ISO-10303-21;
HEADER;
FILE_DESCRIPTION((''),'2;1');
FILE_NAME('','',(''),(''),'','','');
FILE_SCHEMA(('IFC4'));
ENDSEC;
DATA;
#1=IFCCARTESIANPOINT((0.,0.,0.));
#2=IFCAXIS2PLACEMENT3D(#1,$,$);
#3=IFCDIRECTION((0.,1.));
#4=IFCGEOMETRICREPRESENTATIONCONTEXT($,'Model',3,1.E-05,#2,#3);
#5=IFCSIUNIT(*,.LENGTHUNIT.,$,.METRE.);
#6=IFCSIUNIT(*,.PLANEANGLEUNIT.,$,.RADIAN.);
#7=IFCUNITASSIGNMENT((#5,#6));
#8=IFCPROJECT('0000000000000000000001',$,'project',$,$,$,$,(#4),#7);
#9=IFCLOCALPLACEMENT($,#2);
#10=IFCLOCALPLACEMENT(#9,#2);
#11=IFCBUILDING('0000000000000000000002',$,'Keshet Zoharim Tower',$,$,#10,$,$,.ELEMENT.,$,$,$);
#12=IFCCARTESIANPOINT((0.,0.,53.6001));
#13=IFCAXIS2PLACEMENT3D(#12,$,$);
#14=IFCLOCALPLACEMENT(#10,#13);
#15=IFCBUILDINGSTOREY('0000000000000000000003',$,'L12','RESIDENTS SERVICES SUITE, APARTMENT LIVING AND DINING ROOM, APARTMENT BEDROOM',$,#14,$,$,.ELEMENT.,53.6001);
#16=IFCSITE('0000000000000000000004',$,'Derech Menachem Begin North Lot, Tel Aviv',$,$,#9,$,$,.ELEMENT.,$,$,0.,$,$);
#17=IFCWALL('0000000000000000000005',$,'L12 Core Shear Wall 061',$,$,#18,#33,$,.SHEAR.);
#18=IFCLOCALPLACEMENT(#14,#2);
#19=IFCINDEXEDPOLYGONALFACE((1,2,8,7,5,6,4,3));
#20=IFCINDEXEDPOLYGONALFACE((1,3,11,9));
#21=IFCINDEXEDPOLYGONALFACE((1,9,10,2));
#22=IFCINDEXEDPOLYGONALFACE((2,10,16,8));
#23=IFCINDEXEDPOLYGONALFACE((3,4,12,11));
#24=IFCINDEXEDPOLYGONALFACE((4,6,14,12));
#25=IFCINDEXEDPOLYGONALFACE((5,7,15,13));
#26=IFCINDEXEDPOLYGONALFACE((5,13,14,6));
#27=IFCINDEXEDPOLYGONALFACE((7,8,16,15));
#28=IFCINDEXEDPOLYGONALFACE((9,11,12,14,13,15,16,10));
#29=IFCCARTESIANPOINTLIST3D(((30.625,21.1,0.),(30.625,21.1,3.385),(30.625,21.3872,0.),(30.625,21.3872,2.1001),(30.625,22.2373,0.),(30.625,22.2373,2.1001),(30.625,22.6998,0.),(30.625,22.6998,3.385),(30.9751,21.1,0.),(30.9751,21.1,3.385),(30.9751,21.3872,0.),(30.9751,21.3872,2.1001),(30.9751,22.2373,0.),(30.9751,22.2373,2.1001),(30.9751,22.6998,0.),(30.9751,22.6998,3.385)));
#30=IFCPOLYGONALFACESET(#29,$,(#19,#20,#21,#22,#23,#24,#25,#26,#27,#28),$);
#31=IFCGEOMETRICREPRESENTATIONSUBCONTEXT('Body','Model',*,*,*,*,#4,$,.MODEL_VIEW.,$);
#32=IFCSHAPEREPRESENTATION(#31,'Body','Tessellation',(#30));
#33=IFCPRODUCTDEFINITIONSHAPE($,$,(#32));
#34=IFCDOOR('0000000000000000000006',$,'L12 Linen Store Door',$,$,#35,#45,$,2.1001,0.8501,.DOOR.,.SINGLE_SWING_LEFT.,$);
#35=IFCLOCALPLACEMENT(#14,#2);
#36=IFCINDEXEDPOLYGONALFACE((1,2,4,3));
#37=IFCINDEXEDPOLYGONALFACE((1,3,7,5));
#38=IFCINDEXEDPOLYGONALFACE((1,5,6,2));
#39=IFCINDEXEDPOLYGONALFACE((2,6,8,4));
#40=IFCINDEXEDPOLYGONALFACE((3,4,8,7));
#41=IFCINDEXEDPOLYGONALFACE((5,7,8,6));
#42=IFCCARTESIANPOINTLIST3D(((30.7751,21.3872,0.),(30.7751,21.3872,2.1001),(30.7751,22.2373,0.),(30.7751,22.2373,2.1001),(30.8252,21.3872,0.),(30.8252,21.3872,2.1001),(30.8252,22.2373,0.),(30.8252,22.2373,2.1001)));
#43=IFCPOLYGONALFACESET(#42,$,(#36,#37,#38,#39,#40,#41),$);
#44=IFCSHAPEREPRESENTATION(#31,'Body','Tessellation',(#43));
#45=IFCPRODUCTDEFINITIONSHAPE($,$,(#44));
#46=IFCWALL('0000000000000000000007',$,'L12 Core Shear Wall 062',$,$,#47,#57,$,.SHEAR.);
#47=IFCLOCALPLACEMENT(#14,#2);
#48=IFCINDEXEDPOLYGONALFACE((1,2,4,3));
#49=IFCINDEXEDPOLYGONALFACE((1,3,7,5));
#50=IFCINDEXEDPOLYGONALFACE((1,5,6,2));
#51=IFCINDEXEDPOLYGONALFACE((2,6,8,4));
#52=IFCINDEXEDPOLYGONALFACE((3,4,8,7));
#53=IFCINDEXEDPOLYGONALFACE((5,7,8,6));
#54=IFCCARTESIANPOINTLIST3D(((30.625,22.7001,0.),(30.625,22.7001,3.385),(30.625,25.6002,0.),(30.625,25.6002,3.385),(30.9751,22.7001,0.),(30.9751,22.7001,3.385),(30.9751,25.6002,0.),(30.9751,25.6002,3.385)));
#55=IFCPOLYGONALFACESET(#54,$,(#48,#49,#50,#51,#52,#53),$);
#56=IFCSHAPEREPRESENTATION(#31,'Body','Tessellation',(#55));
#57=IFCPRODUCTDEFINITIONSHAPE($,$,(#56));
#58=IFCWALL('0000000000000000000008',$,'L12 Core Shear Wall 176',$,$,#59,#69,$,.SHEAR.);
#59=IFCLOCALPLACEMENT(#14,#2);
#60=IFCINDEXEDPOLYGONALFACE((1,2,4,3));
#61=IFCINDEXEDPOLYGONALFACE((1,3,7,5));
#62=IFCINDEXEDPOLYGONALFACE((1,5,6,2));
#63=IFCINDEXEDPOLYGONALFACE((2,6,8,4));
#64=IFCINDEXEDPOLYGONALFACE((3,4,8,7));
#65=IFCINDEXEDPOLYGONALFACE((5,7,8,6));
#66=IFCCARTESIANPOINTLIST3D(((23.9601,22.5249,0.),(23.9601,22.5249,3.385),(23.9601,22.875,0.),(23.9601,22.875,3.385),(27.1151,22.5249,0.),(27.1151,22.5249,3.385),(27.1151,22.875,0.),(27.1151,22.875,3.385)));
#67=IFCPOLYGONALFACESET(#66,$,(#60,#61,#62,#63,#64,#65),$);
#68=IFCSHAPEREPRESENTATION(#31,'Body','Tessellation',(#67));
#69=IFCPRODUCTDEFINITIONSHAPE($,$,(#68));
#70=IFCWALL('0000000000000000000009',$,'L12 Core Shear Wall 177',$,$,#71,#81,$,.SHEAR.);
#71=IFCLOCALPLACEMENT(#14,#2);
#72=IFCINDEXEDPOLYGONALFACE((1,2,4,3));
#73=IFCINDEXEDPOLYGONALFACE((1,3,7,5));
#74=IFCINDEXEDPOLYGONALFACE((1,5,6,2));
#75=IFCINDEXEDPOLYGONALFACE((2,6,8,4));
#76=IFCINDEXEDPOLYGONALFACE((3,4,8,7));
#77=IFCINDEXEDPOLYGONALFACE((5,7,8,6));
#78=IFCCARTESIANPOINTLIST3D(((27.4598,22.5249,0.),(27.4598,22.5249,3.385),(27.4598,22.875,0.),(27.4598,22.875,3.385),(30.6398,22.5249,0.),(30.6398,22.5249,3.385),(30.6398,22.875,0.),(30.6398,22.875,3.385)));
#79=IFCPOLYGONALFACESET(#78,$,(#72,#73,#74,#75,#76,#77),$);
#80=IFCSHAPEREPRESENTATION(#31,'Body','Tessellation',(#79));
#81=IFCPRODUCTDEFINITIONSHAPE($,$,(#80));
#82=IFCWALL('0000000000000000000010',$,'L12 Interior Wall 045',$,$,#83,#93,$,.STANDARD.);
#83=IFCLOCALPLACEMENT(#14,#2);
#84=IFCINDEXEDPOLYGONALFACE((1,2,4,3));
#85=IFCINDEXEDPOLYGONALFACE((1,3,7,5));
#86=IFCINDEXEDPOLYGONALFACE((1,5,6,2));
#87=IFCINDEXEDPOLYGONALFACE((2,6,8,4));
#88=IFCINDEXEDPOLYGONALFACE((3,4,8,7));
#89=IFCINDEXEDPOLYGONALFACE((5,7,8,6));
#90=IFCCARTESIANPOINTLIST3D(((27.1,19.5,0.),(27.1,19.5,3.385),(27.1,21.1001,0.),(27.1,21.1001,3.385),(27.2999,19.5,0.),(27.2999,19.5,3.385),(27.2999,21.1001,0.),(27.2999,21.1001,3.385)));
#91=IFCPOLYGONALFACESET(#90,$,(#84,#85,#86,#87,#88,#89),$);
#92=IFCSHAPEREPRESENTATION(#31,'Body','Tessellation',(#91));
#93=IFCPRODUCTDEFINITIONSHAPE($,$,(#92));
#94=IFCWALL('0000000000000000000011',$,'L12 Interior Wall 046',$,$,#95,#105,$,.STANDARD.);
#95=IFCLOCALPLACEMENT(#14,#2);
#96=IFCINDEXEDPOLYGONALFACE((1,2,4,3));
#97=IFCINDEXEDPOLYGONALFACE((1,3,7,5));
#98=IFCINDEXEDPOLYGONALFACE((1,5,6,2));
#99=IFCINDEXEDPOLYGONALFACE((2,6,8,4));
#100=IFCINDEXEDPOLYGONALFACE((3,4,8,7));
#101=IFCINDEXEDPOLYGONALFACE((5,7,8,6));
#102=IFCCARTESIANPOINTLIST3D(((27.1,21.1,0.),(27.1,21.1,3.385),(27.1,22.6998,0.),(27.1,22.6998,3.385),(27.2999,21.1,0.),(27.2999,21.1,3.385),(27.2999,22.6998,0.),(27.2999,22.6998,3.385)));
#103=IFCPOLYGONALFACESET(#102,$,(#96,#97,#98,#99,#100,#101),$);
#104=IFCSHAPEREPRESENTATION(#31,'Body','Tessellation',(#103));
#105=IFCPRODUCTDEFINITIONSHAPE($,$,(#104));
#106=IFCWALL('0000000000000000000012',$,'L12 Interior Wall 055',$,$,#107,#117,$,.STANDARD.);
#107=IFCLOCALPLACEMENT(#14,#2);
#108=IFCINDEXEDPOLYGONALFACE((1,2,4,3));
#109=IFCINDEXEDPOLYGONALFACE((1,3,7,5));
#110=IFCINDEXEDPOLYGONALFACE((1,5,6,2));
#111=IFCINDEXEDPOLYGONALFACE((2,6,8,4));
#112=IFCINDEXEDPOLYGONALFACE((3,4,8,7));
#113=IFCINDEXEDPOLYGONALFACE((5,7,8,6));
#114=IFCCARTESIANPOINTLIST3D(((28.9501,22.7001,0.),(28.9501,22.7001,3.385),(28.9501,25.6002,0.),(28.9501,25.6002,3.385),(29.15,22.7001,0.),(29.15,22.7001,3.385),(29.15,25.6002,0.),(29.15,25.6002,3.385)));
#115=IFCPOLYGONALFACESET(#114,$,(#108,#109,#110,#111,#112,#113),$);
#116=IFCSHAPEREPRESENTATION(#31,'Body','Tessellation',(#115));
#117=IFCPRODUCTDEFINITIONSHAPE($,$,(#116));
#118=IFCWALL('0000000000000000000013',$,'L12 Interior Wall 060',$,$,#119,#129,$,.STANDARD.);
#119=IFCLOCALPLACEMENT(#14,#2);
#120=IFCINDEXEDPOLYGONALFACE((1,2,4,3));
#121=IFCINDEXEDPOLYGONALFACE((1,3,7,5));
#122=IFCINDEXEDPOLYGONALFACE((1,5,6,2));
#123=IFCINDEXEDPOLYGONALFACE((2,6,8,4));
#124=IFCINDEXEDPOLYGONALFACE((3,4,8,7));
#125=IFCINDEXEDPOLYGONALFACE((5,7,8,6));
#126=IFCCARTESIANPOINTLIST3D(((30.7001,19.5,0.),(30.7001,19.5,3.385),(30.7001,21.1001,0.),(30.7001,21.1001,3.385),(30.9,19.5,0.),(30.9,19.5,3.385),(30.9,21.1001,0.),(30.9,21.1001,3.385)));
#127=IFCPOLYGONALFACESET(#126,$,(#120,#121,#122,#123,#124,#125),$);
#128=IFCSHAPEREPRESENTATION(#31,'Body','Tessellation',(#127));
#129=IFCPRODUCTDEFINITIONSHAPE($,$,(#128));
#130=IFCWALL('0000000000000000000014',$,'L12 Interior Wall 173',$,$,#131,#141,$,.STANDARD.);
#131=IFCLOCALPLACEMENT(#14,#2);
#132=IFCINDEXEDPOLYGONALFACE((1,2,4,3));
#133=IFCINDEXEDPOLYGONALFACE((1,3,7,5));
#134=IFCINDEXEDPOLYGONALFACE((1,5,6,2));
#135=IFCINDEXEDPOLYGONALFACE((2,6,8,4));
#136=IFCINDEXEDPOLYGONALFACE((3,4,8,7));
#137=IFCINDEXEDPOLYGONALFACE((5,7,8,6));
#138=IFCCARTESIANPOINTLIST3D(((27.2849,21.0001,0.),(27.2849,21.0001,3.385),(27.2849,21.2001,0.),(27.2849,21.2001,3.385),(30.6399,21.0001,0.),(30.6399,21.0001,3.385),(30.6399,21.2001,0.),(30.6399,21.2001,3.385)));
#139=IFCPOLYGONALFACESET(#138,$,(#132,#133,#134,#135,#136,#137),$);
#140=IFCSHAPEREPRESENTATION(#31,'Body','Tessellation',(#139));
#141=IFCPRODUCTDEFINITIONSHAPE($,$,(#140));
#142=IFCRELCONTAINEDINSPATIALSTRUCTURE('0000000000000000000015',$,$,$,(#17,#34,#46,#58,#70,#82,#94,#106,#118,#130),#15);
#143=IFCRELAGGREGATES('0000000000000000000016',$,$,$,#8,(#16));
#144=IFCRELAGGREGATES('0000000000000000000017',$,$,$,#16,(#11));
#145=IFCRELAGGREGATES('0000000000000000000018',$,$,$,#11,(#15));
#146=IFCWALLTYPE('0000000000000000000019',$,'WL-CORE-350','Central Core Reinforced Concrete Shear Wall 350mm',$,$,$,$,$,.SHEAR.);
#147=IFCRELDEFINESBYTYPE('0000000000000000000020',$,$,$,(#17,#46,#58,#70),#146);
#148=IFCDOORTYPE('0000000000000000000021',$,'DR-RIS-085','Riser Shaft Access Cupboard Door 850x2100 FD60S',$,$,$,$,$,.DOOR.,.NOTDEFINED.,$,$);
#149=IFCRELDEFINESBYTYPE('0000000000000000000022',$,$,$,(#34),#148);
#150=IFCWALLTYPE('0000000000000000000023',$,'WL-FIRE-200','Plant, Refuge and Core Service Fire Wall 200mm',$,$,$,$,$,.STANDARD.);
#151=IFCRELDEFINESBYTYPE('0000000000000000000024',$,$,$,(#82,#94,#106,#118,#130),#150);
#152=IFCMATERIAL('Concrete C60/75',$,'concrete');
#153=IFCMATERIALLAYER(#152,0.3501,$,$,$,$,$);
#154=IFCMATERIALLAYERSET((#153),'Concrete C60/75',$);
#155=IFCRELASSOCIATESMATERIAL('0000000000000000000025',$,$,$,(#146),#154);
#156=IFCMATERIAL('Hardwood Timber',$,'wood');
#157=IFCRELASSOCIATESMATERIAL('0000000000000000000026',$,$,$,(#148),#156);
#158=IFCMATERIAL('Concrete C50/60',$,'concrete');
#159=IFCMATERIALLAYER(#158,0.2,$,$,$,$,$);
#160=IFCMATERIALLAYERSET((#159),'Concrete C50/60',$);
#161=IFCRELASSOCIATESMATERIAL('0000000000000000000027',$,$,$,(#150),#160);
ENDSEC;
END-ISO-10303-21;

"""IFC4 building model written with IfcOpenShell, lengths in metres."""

from ifc_helpers import new_model, si_unit, direction, frame, frame_2d, origin, place, context, subcontext, project, spatial, rectangle, extrude, material, layer, layer_set, type_object, element, fill, save


model = new_model("IFC4")

# Units and contexts
model_context = context("Model", 3, precision=1e-05, world=origin(), true_north=direction((0.0, 1.0)))
body_context = subcontext(model_context, "Body", "Model", "MODEL_VIEW")
ifc_project = project(units=[si_unit("LENGTHUNIT", "METRE"), si_unit("PLANEANGLEUNIT", "RADIAN")], contexts=[model_context])

# Site, building, storey
site_placement = place(None, origin())
site = spatial("IfcSite", under=ifc_project, at=site_placement, Name="Derech Menachem Begin North Lot, Tel Aviv", CompositionType="ELEMENT", RefElevation=0.0)
building_placement = place(site_placement, origin())
building = spatial("IfcBuilding", under=site, at=building_placement, Name="Keshet Zoharim Tower", CompositionType="ELEMENT")
storey_placement = place(building_placement, frame((0.0, 0.0, 53.6001)))
storey = spatial("IfcBuildingStorey", under=building, at=storey_placement, Name="L12", Description="RESIDENTS SERVICES SUITE, APARTMENT LIVING AND DINING ROOM, APARTMENT BEDROOM", CompositionType="ELEMENT", Elevation=53.6001)

# Shared definitions
ifc_material_1 = material(Name="Concrete C60/75", Category="concrete")

# Shared definitions
ifc_layer_1 = layer(ifc_material_1, 0.3501)
ifc_layer_set_1 = layer_set([ifc_layer_1], Name="Concrete C60/75")
wall_type_1 = type_object("IfcWallType", Name="WL-CORE-350", Description="Central Core Reinforced Concrete Shear Wall 350mm", PredefinedType="SHEAR", material=ifc_layer_set_1)

# Shared definitions
ifc_material_2 = material(Name="Hardwood Timber", Category="wood")

# Wall, opening, door
wall_1_placement = place(storey_placement, frame((30.8, 21.1001, 0.0), z_axis=(0.0, 0.0, 1.0), x_axis=(0.0, 1.0, 0.0)))
wall_1 = element("IfcWall", 1, at=wall_1_placement, inside=storey, type_object=wall_type_1, Name="L12 Core Shear Wall 061", PredefinedType="SHEAR", context=body_context, shape_type="SweptSolid", body=[
    extrude(rectangle(XDim=1.5999, YDim=0.3501, at=frame_2d((0.7998, 0.0))), origin(), (0.0, 0.0, 1.0), 3.385),
])
opening_1_placement = place(wall_1_placement, frame((0.2871, 0.0, 0.0)))
opening_1 = element("IfcOpeningElement", 2, at=opening_1_placement, cuts=wall_1, PredefinedType="OPENING", context=body_context, shape_type="SweptSolid", body=[
    extrude(rectangle(XDim=0.8501, YDim=2.1001, at=frame_2d((0.425, 1.05))), frame((0.0, 0.1851, 0.0), z_axis=(0.0, -1.0, 0.0), x_axis=(1.0, 0.0, 0.0)), (0.0, 0.0, 1.0), 0.3701),
])
door_type_1 = type_object("IfcDoorType", Name="DR-RIS-085", Description="Riser Shaft Access Cupboard Door 850x2100 FD60S", OperationType="NOTDEFINED", PredefinedType="DOOR", material=ifc_material_2)
door_1_placement = place(opening_1_placement, origin())
door_1 = element("IfcDoor", 3, at=door_1_placement, inside=storey, type_object=door_type_1, Name="L12 Linen Store Door", OperationType="SINGLE_SWING_LEFT", OverallHeight=2.1001, OverallWidth=0.8501, PredefinedType="DOOR", context=body_context, shape_type="SweptSolid", body=[
    extrude(rectangle(XDim=0.8501, YDim=2.1001, at=frame_2d((0.425, 1.05))), frame((0.0, 0.0249, 0.0), z_axis=(0.0, -1.0, 0.0), x_axis=(1.0, 0.0, 0.0)), (0.0, 0.0, 1.0), 0.05),
])
fill(opening_1, door_1)

# Walls
wall_2_placement = place(storey_placement, frame((30.8, 22.7, 0.0), z_axis=(0.0, 0.0, 1.0), x_axis=(0.0, 1.0, 0.0)))
element("IfcWall", 4, at=wall_2_placement, inside=storey, type_object=wall_type_1, Name="L12 Core Shear Wall 062", PredefinedType="SHEAR", context=body_context, shape_type="SweptSolid", body=[
    extrude(rectangle(XDim=2.9001, YDim=0.3501, at=frame_2d((1.4502, 0.0))), origin(), (0.0, 0.0, 1.0), 3.385),
])
wall_3_placement = place(storey_placement, frame((23.96, 22.7, 0.0), z_axis=(0.0, 0.0, 1.0), x_axis=(1.0, 0.0, 0.0)))
element("IfcWall", 5, at=wall_3_placement, inside=storey, type_object=wall_type_1, Name="L12 Core Shear Wall 176", PredefinedType="SHEAR", context=body_context, shape_type="SweptSolid", body=[
    extrude(rectangle(XDim=3.155, YDim=0.3501, at=frame_2d((1.5776, 0.0))), origin(), (0.0, 0.0, 1.0), 3.385),
])
wall_4_placement = place(storey_placement, frame((27.46, 22.7, 0.0), z_axis=(0.0, 0.0, 1.0), x_axis=(1.0, 0.0, 0.0)))
element("IfcWall", 6, at=wall_4_placement, inside=storey, type_object=wall_type_1, Name="L12 Core Shear Wall 177", PredefinedType="SHEAR", context=body_context, shape_type="SweptSolid", body=[
    extrude(rectangle(XDim=3.1799, YDim=0.3501, at=frame_2d((1.5898, 0.0))), origin(), (0.0, 0.0, 1.0), 3.385),
])
ifc_material_3 = material(Name="Concrete C50/60", Category="concrete")
ifc_layer_2 = layer(ifc_material_3, 0.2)
ifc_layer_set_2 = layer_set([ifc_layer_2], Name="Concrete C50/60")
wall_type_2 = type_object("IfcWallType", Name="WL-FIRE-200", Description="Plant, Refuge and Core Service Fire Wall 200mm", PredefinedType="STANDARD", material=ifc_layer_set_2)
wall_5_placement = place(storey_placement, frame((27.2, 19.5, 0.0), z_axis=(0.0, 0.0, 1.0), x_axis=(0.0, 1.0, 0.0)))
element("IfcWall", 7, at=wall_5_placement, inside=storey, type_object=wall_type_2, Name="L12 Interior Wall 045", PredefinedType="STANDARD", context=body_context, shape_type="SweptSolid", body=[
    extrude(rectangle(XDim=1.6001, YDim=0.2, at=frame_2d((0.8, 0.0))), origin(), (0.0, 0.0, 1.0), 3.385),
])
wall_6_placement = place(storey_placement, frame((27.2, 21.1001, 0.0), z_axis=(0.0, 0.0, 1.0), x_axis=(0.0, 1.0, 0.0)))
element("IfcWall", 8, at=wall_6_placement, inside=storey, type_object=wall_type_2, Name="L12 Interior Wall 046", PredefinedType="STANDARD", context=body_context, shape_type="SweptSolid", body=[
    extrude(rectangle(XDim=1.5999, YDim=0.2, at=frame_2d((0.7998, 0.0))), origin(), (0.0, 0.0, 1.0), 3.385),
])
wall_7_placement = place(storey_placement, frame((29.05, 22.7, 0.0), z_axis=(0.0, 0.0, 1.0), x_axis=(0.0, 1.0, 0.0)))
element("IfcWall", 9, at=wall_7_placement, inside=storey, type_object=wall_type_2, Name="L12 Interior Wall 055", PredefinedType="STANDARD", context=body_context, shape_type="SweptSolid", body=[
    extrude(rectangle(XDim=2.9001, YDim=0.2, at=frame_2d((1.4502, 0.0))), origin(), (0.0, 0.0, 1.0), 3.385),
])
wall_8_placement = place(storey_placement, frame((30.8, 19.5, 0.0), z_axis=(0.0, 0.0, 1.0), x_axis=(0.0, 1.0, 0.0)))
element("IfcWall", 10, at=wall_8_placement, inside=storey, type_object=wall_type_2, Name="L12 Interior Wall 060", PredefinedType="STANDARD", context=body_context, shape_type="SweptSolid", body=[
    extrude(rectangle(XDim=1.6001, YDim=0.2, at=frame_2d((0.8, 0.0))), origin(), (0.0, 0.0, 1.0), 3.385),
])

# Wall
wall_9_placement = place(storey_placement, frame((27.2849, 21.1001, 0.0), z_axis=(0.0, 0.0, 1.0), x_axis=(1.0, 0.0, 0.0)))
element("IfcWall", 11, at=wall_9_placement, inside=storey, type_object=wall_type_2, Name="L12 Interior Wall 173", PredefinedType="STANDARD", context=body_context, shape_type="SweptSolid", body=[
    extrude(rectangle(XDim=3.355, YDim=0.2, at=frame_2d((1.6775, 0.0))), origin(), (0.0, 0.0, 1.0), 3.385),
])

save(model, "model.ifc")
